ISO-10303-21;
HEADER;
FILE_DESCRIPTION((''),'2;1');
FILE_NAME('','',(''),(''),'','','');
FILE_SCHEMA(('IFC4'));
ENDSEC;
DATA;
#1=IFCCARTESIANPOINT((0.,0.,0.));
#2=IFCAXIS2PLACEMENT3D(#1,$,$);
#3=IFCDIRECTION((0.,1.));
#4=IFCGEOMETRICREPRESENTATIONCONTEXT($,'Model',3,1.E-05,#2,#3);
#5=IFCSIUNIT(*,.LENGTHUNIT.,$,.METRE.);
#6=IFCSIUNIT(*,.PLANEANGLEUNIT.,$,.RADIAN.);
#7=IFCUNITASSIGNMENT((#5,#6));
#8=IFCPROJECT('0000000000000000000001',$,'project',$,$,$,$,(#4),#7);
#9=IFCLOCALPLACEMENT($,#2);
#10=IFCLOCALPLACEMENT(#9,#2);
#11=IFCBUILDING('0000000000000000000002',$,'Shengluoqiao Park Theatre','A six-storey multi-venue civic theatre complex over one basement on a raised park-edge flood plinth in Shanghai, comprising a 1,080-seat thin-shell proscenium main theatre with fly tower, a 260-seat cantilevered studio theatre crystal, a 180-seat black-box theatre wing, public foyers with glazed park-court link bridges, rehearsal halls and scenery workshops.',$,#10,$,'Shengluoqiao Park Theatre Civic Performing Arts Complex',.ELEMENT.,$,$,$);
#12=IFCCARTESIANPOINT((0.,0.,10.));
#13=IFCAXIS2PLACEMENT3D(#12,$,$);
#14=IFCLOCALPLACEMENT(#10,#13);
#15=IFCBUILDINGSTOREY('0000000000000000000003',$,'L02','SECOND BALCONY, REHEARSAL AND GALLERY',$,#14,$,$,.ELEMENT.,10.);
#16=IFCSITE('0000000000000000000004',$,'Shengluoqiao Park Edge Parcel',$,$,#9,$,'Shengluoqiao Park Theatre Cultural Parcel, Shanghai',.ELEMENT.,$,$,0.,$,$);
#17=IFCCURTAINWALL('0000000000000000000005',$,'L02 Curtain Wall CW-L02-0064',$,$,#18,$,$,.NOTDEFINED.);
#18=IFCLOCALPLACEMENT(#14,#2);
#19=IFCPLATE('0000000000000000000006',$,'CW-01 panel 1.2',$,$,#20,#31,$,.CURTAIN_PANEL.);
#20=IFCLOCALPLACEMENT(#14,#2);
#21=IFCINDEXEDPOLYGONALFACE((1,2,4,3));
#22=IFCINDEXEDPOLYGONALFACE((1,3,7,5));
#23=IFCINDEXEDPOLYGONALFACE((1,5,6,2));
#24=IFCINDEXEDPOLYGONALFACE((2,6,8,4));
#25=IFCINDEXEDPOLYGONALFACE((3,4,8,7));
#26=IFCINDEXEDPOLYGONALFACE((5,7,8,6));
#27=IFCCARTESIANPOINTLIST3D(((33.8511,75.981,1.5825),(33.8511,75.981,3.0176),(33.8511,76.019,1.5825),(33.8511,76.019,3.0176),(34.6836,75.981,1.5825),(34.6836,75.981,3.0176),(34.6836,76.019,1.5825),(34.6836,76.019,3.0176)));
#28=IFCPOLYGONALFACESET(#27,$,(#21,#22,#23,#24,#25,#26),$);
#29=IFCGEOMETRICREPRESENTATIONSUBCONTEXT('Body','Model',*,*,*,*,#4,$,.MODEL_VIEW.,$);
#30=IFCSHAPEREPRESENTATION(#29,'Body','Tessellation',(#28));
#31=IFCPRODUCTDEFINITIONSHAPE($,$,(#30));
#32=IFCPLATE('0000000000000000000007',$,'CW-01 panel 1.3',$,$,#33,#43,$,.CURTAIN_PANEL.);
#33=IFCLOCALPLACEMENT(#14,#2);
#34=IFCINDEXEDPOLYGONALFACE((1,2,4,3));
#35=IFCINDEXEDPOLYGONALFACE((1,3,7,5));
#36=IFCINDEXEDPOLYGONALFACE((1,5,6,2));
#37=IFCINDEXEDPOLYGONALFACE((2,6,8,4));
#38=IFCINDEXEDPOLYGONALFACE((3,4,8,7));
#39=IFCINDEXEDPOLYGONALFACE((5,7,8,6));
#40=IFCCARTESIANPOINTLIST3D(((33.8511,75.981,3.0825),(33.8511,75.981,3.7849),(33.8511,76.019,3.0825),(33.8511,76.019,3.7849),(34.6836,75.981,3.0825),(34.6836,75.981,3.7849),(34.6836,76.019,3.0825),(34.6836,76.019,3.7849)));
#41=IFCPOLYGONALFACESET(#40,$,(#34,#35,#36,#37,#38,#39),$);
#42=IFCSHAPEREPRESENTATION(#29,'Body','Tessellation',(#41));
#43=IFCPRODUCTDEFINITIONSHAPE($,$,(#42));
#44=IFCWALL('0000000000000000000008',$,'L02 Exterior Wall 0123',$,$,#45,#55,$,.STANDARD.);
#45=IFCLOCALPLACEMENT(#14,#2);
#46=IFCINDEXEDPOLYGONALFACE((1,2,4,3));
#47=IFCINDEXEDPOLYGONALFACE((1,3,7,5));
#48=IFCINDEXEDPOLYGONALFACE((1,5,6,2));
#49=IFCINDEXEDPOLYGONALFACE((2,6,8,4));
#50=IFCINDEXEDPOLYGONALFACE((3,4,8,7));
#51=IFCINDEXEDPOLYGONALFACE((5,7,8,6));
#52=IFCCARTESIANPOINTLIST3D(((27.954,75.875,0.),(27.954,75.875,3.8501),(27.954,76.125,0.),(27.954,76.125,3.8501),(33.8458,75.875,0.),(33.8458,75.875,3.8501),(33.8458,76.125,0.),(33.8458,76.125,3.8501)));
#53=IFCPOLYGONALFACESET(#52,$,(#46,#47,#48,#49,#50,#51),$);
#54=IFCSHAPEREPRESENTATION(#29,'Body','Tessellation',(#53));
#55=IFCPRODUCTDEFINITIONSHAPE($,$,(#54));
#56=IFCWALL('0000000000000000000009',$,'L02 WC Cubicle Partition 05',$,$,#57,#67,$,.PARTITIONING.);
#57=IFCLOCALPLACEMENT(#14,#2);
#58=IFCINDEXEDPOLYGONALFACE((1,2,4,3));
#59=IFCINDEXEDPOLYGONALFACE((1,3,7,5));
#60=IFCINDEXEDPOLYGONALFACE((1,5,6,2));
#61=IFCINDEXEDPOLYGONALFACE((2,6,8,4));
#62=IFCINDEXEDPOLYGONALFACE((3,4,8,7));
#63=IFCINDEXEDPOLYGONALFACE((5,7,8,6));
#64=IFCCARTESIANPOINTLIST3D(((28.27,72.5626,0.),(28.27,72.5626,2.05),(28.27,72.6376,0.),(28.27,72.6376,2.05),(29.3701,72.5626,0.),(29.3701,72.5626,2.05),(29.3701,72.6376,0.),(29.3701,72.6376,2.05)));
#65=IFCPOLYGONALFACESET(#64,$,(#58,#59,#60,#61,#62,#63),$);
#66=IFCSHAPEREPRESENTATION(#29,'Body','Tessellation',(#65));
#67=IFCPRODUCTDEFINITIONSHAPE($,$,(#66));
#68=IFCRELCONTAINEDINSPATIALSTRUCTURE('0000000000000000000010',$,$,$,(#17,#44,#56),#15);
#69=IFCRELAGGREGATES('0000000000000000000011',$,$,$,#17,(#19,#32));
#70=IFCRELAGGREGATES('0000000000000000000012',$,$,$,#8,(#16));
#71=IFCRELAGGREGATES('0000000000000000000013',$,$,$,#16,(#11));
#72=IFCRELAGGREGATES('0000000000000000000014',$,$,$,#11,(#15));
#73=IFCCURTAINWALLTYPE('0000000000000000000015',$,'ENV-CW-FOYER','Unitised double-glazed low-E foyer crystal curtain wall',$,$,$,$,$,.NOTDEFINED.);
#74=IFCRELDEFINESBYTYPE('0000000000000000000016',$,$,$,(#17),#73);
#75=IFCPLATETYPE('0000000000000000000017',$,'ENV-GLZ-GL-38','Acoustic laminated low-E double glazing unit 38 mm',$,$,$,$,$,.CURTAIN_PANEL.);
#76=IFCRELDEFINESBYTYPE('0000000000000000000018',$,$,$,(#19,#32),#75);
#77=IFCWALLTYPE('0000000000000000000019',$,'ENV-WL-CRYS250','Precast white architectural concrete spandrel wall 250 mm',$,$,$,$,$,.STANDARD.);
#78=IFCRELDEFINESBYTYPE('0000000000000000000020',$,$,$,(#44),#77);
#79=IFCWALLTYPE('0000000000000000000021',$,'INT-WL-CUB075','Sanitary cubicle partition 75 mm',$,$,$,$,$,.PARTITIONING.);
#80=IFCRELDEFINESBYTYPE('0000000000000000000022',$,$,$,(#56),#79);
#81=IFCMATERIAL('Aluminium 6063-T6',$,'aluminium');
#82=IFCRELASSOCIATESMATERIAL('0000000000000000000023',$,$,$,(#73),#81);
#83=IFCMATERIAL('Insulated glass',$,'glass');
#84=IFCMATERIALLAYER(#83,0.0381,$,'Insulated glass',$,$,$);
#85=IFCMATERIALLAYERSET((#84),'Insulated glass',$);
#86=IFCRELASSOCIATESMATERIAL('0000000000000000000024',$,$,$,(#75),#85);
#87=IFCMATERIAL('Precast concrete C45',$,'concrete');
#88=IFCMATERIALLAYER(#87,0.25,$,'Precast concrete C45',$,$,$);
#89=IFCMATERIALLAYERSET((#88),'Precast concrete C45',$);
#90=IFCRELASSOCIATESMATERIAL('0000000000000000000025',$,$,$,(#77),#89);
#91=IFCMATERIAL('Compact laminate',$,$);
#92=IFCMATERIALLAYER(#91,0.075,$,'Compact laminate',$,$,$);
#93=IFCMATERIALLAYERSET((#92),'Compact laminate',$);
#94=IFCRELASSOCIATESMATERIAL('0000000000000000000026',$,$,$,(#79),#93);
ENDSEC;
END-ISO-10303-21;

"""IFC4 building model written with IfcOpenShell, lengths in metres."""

from ifc_helpers import new_model, si_unit, direction, frame, frame_2d, origin, origin_2d, place, context, subcontext, project, spatial, rectangle, extrude, material, layer, layer_set, type_object, element, aggregate, save


model = new_model("IFC4")

# Units and contexts
model_context = context("Model", 3, precision=1e-05, world=origin(), true_north=direction((0.0, 1.0)))
body_context = subcontext(model_context, "Body", "Model", "MODEL_VIEW")
ifc_project = project(units=[si_unit("LENGTHUNIT", "METRE"), si_unit("PLANEANGLEUNIT", "RADIAN")], contexts=[model_context])

# Site, building, storey
site_placement = place(None, origin())
site = spatial("IfcSite", under=ifc_project, at=site_placement, Name="Shengluoqiao Park Edge Parcel", LongName="Shengluoqiao Park Theatre Cultural Parcel, Shanghai", CompositionType="ELEMENT", RefElevation=0.0)
building_placement = place(site_placement, origin())
building = spatial("IfcBuilding", under=site, at=building_placement, Name="Shengluoqiao Park Theatre", Description="A six-storey multi-venue civic theatre complex over one basement on a raised park-edge flood plinth in Shanghai, comprising a 1,080-seat thin-shell proscenium main theatre with fly tower, a 260-seat cantilevered studio theatre crystal, a 180-seat black-box theatre wing, public foyers with glazed park-court link bridges, rehearsal halls and scenery workshops.", LongName="Shengluoqiao Park Theatre Civic Performing Arts Complex", CompositionType="ELEMENT")
storey_placement = place(building_placement, frame((0.0, 0.0, 10.0)))
storey = spatial("IfcBuildingStorey", under=building, at=storey_placement, Name="L02", Description="SECOND BALCONY, REHEARSAL AND GALLERY", CompositionType="ELEMENT", Elevation=10.0)

# Curtain wall
ifc_material_1 = material(Name="Aluminium 6063-T6", Category="aluminium")
curtain_wall_type = type_object("IfcCurtainWallType", Name="ENV-CW-FOYER", Description="Unitised double-glazed low-E foyer crystal curtain wall", PredefinedType="NOTDEFINED", material=ifc_material_1)
curtain_wall_1_placement = place(storey_placement, origin())
curtain_wall_1 = element("IfcCurtainWall", 1, at=curtain_wall_1_placement, inside=storey, type_object=curtain_wall_type, Name="L02 Curtain Wall CW-L02-0064", PredefinedType="NOTDEFINED")

# Plates
ifc_material_2 = material(Name="Precast concrete C45", Category="concrete")
ifc_material_3 = material(Name="Insulated glass", Category="glass")
ifc_layer_1 = layer(ifc_material_3, 0.0381, Name="Insulated glass")
ifc_layer_set_1 = layer_set([ifc_layer_1], Name="Insulated glass")
plate_type_1 = type_object("IfcPlateType", Name="ENV-GLZ-GL-38", Description="Acoustic laminated low-E double glazing unit 38 mm", PredefinedType="CURTAIN_PANEL", material=ifc_layer_set_1)
plate_1_placement = place(storey_placement, frame((34.2673, 76.0, 1.5825), z_axis=(0.0, 0.0, 1.0), x_axis=(1.0, 0.0, 0.0)))
plate_1 = element("IfcPlate", 2, at=plate_1_placement, type_object=plate_type_1, Name="CW-01 panel 1.2", PredefinedType="CURTAIN_PANEL", context=body_context, shape_type="SweptSolid", body=[
    extrude(rectangle(XDim=0.8325, YDim=0.0381, at=origin_2d()), origin(), (0.0, 0.0, 1.0), 1.4351),
])
plate_2_placement = place(storey_placement, frame((34.2673, 76.0, 3.0825), z_axis=(0.0, 0.0, 1.0), x_axis=(1.0, 0.0, 0.0)))
plate_2 = element("IfcPlate", 3, at=plate_2_placement, type_object=plate_type_1, Name="CW-01 panel 1.3", PredefinedType="CURTAIN_PANEL", context=body_context, shape_type="SweptSolid", body=[
    extrude(rectangle(XDim=0.8325, YDim=0.0381, at=origin_2d()), origin(), (0.0, 0.0, 1.0), 0.7024),
])
aggregate(curtain_wall_1, [plate_1, plate_2])

# Walls
ifc_layer_2 = layer(ifc_material_2, 0.25, Name="Precast concrete C45")
ifc_layer_set_2 = layer_set([ifc_layer_2], Name="Precast concrete C45")
wall_type_1 = type_object("IfcWallType", Name="ENV-WL-CRYS250", Description="Precast white architectural concrete spandrel wall 250 mm", PredefinedType="STANDARD", material=ifc_layer_set_2)
wall_1_placement = place(storey_placement, frame((27.9541, 76.0, 0.0), z_axis=(0.0, 0.0, 1.0), x_axis=(1.0, 0.0, 0.0)))
element("IfcWall", 4, at=wall_1_placement, inside=storey, type_object=wall_type_1, Name="L02 Exterior Wall 0123", PredefinedType="STANDARD", context=body_context, shape_type="SweptSolid", body=[
    extrude(rectangle(XDim=5.8918, YDim=0.25, at=frame_2d((2.9458, 0.0))), origin(), (0.0, 0.0, 1.0), 3.8501),
])
ifc_material_4 = material(Name="Compact laminate")
ifc_layer_3 = layer(ifc_material_4, 0.075, Name="Compact laminate")
ifc_layer_set_3 = layer_set([ifc_layer_3], Name="Compact laminate")
wall_type_2 = type_object("IfcWallType", Name="INT-WL-CUB075", Description="Sanitary cubicle partition 75 mm", PredefinedType="PARTITIONING", material=ifc_layer_set_3)
wall_2_placement = place(storey_placement, frame((28.27, 72.6001, 0.0), z_axis=(0.0, 0.0, 1.0), x_axis=(1.0, 0.0, 0.0)))
element("IfcWall", 5, at=wall_2_placement, inside=storey, type_object=wall_type_2, Name="L02 WC Cubicle Partition 05", PredefinedType="PARTITIONING", context=body_context, shape_type="SweptSolid", body=[
    extrude(rectangle(XDim=1.1001, YDim=0.075, at=frame_2d((0.55, 0.0))), origin(), (0.0, 0.0, 1.0), 2.05),
])

save(model, "model.ifc")
